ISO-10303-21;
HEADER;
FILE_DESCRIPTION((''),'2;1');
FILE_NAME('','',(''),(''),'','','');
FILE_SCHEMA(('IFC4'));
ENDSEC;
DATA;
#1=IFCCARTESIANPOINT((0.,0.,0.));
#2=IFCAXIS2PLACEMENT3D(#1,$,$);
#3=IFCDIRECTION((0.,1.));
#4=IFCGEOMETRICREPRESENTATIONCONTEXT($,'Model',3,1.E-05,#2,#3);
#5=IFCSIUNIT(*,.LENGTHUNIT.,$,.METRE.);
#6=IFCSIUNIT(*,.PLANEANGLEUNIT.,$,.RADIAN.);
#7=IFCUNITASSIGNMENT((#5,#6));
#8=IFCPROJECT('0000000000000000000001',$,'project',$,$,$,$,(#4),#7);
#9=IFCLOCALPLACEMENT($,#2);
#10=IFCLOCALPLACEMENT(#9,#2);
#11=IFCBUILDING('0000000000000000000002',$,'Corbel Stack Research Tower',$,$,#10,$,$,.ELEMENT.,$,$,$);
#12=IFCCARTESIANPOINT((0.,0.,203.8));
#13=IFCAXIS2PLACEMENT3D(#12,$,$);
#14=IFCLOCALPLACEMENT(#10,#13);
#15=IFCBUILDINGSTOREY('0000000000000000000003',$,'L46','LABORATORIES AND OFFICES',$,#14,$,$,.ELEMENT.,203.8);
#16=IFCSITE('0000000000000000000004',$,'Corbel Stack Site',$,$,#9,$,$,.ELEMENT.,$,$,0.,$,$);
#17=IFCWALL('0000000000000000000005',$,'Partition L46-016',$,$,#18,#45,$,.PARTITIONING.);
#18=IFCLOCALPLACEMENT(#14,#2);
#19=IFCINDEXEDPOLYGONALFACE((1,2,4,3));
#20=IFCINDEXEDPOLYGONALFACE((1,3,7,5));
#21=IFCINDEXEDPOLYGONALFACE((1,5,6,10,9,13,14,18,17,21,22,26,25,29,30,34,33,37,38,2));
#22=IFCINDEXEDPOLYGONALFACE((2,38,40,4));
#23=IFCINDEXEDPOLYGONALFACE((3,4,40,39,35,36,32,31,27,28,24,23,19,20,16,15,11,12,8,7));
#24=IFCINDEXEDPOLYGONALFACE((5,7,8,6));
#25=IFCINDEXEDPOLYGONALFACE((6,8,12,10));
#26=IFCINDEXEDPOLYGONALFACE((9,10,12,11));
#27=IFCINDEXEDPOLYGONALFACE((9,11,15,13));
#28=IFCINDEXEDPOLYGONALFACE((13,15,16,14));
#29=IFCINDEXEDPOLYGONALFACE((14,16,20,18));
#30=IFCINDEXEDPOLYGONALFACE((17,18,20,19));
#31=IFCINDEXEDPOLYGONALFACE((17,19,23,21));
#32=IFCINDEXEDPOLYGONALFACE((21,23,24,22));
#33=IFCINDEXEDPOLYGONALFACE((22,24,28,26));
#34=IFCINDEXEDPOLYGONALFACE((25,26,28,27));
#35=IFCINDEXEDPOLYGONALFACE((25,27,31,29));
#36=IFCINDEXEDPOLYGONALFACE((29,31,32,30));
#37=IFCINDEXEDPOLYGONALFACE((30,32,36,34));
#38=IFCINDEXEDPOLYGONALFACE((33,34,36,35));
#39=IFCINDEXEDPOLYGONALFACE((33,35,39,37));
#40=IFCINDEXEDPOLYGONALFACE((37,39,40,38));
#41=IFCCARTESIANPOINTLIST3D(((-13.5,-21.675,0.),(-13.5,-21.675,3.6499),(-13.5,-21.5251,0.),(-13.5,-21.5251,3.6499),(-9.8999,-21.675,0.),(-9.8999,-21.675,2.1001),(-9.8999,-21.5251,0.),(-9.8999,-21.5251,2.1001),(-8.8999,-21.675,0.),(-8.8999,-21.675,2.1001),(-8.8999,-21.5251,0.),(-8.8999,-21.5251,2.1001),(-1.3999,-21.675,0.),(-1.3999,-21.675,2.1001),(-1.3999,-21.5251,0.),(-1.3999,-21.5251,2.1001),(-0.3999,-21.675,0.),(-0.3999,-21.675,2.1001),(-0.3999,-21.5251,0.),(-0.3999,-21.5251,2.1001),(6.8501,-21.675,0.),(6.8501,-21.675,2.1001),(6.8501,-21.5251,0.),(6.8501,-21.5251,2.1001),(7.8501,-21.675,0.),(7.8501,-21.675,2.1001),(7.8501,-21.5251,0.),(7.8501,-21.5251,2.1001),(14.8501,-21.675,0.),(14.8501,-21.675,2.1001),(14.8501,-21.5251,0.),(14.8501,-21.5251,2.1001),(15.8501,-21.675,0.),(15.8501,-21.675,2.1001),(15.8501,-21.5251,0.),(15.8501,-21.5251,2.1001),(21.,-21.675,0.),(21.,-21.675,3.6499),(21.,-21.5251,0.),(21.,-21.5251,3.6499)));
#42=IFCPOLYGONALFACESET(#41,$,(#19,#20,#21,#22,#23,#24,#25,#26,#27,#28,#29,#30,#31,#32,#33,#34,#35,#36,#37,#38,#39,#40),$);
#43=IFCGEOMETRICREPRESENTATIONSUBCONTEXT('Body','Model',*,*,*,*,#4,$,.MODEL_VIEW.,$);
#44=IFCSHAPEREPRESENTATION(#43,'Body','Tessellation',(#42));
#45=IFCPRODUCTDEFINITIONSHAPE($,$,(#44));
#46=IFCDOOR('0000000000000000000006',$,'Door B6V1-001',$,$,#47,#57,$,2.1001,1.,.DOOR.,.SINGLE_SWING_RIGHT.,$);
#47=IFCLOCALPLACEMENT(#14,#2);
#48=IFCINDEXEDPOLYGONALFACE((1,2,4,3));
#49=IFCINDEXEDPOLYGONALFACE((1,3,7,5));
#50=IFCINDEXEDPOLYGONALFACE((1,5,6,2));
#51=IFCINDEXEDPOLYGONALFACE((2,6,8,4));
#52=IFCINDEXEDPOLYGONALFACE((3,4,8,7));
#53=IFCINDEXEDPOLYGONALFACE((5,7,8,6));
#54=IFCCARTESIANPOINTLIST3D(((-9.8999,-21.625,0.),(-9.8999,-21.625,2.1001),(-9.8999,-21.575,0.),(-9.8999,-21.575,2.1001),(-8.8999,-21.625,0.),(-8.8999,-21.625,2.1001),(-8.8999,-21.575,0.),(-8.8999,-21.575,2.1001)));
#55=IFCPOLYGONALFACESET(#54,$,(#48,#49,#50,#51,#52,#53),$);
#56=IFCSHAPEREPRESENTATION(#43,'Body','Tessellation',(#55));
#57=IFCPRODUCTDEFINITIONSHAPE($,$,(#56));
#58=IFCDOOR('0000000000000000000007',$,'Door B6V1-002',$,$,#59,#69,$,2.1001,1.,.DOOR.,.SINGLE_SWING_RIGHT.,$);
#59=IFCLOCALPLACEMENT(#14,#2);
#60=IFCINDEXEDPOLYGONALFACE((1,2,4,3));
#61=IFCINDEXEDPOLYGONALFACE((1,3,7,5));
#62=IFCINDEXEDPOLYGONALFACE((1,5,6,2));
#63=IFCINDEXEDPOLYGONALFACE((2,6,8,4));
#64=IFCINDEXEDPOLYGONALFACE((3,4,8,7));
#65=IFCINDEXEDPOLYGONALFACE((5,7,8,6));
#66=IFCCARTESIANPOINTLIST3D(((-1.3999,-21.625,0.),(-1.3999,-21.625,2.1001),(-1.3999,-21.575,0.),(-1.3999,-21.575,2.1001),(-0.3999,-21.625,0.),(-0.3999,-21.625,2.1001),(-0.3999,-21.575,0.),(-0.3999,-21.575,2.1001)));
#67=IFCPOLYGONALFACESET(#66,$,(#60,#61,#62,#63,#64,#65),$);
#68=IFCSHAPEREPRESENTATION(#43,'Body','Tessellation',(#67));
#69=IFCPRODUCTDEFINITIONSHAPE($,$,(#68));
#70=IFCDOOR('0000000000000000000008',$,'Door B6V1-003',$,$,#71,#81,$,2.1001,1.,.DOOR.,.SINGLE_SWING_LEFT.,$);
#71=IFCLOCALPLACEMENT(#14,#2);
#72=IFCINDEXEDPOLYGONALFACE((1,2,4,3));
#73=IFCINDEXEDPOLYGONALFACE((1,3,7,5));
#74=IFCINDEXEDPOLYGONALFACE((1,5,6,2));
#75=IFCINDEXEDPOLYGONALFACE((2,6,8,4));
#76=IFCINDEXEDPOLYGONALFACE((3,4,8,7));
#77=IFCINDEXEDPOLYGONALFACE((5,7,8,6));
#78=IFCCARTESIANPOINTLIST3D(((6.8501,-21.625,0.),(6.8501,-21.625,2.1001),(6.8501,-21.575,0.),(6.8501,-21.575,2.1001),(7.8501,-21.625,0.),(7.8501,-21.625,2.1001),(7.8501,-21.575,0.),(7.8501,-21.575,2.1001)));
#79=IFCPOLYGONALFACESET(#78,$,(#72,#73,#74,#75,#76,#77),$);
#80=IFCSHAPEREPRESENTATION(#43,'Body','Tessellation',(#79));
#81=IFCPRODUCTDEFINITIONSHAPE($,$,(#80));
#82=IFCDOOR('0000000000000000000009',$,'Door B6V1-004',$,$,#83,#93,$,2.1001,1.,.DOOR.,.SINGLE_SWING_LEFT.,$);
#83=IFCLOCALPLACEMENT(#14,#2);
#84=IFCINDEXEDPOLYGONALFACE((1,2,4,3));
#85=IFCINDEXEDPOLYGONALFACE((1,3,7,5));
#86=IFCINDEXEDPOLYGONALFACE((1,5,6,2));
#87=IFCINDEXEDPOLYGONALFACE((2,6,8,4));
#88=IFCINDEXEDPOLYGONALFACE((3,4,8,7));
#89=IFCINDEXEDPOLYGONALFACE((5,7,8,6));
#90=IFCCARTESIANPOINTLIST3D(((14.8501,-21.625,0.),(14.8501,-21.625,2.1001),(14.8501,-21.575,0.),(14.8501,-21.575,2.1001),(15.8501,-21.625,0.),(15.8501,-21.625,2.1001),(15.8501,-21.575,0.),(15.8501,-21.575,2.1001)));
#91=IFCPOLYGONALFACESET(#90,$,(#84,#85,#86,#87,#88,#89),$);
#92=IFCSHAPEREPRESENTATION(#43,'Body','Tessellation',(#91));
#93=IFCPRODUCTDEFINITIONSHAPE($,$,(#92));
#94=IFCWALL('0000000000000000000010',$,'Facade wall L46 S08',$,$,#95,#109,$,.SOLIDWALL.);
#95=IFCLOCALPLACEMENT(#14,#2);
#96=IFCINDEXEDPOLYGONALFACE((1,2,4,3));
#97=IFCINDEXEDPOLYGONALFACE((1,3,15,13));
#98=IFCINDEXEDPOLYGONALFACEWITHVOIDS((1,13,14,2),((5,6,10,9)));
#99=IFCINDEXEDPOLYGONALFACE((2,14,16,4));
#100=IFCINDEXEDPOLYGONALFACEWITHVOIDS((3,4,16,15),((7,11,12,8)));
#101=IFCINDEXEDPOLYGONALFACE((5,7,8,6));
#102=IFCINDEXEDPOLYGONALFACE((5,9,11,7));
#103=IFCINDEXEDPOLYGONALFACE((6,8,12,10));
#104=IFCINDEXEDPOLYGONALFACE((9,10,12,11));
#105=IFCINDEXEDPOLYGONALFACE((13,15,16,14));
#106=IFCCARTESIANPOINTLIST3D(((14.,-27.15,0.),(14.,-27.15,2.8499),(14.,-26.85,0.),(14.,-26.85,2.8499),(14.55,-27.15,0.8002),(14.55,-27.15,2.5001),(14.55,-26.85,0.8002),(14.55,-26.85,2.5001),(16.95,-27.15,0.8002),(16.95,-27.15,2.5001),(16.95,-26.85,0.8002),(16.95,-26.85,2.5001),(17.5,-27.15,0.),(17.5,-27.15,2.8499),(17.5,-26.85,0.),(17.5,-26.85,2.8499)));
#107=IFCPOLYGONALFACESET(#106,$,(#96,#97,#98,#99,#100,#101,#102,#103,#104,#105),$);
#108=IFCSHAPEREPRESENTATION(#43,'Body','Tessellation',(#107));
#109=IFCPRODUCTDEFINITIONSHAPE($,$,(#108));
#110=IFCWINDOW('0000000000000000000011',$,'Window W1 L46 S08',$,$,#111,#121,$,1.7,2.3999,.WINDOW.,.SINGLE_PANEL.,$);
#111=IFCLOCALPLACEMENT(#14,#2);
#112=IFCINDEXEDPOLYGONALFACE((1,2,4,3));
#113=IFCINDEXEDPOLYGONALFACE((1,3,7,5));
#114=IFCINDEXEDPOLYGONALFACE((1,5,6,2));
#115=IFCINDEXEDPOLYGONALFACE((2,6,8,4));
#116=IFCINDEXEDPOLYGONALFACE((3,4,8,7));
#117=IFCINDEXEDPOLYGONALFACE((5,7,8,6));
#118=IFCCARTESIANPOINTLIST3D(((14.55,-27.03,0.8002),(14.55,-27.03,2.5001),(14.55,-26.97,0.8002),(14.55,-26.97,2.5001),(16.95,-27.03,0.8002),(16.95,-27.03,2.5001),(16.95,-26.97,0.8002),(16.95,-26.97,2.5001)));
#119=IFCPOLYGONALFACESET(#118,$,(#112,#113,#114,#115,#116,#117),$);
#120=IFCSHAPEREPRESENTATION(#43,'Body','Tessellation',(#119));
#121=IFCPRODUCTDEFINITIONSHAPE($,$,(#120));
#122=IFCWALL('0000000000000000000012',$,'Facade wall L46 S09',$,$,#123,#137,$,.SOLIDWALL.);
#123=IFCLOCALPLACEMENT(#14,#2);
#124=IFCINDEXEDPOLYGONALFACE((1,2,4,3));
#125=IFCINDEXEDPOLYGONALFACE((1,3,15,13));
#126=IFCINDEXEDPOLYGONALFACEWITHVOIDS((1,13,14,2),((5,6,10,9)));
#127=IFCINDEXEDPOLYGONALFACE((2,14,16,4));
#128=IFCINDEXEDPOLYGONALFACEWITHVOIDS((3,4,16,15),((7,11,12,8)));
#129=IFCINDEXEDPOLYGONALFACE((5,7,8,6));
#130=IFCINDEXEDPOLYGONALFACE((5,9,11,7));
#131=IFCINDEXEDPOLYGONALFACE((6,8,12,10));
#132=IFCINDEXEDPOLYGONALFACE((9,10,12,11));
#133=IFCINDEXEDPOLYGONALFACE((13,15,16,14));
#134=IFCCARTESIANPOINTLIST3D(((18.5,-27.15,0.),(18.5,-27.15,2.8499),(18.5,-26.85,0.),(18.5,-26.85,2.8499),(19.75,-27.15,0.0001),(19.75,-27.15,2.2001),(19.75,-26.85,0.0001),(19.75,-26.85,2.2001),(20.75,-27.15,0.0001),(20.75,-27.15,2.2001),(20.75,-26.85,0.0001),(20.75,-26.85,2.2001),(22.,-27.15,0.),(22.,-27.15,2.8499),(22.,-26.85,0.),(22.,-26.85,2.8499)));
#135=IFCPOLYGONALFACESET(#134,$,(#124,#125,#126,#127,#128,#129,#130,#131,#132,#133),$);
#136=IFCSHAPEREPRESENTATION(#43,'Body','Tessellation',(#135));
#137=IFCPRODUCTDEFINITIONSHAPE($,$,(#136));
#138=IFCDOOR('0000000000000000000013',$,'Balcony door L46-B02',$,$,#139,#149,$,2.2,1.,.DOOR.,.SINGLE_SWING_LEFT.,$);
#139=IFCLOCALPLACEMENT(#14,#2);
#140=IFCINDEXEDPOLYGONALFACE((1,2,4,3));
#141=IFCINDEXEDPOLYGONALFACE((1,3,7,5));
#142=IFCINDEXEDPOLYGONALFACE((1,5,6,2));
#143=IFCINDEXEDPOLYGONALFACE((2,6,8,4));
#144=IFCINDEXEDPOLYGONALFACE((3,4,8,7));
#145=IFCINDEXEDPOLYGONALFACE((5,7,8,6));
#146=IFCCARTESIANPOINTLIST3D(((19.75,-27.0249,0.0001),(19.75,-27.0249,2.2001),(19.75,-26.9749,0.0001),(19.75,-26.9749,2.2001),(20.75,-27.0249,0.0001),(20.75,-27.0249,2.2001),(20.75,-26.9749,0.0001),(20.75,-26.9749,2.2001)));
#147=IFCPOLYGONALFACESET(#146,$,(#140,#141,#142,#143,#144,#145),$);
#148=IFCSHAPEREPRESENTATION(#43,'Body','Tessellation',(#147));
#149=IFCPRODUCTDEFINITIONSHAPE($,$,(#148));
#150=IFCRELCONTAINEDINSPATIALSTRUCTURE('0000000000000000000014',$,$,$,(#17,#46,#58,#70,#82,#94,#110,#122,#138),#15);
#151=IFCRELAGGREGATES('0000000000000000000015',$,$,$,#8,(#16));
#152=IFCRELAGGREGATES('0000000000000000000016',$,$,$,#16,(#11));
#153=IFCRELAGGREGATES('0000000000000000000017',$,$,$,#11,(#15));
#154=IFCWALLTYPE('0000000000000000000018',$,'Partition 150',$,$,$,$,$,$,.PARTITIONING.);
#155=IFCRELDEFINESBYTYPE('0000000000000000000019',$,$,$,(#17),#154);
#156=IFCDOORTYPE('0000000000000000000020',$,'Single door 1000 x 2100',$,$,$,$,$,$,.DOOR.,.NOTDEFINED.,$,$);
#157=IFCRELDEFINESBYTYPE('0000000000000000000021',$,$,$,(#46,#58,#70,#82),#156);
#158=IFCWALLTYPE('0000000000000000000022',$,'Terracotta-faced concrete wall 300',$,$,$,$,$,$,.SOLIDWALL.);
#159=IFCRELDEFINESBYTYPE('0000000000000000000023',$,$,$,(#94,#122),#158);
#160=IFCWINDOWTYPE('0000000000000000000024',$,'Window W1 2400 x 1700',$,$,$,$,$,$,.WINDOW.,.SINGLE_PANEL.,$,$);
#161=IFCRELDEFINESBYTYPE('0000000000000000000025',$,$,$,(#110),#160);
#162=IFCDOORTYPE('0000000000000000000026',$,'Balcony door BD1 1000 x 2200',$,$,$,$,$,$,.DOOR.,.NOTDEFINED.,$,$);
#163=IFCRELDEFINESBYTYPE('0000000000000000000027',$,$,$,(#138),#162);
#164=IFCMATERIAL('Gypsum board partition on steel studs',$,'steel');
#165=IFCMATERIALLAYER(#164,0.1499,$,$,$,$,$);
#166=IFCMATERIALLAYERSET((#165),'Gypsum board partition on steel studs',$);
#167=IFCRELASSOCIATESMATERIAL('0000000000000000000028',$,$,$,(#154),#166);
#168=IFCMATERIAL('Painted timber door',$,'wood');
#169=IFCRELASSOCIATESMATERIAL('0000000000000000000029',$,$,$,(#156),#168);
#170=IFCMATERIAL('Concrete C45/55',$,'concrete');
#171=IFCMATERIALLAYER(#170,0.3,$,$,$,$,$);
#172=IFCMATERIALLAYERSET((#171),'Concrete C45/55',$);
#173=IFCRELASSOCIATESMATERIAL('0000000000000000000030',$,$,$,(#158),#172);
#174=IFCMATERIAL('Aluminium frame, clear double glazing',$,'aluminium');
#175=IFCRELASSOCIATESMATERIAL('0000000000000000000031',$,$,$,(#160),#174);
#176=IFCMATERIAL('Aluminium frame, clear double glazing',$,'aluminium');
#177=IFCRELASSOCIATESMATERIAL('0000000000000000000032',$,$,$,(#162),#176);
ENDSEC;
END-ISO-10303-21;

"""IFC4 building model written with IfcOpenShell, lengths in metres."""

from ifc_helpers import new_model, si_unit, direction, frame, frame_2d, origin, place, context, subcontext, project, spatial, rectangle, extrude, material, layer, layer_set, type_object, element, fill, save


model = new_model("IFC4")

# Units and contexts
model_context = context("Model", 3, precision=1e-05, world=origin(), true_north=direction((0.0, 1.0)))
body_context = subcontext(model_context, "Body", "Model", "MODEL_VIEW")
ifc_project = project(units=[si_unit("LENGTHUNIT", "METRE"), si_unit("PLANEANGLEUNIT", "RADIAN")], contexts=[model_context])

# Site, building, storey
site_placement = place(None, origin())
site = spatial("IfcSite", under=ifc_project, at=site_placement, Name="Corbel Stack Site", CompositionType="ELEMENT", RefElevation=0.0)
building_placement = place(site_placement, origin())
building = spatial("IfcBuilding", under=site, at=building_placement, Name="Corbel Stack Research Tower", CompositionType="ELEMENT")
storey_placement = place(building_placement, frame((0.0, 0.0, 203.8)))
storey = spatial("IfcBuildingStorey", under=building, at=storey_placement, Name="L46", Description="LABORATORIES AND OFFICES", CompositionType="ELEMENT", Elevation=203.8)

# Wall, openings, doors
ifc_material_1 = material(Name="Gypsum board partition on steel studs", Category="steel")
ifc_layer_1 = layer(ifc_material_1, 0.1499)
ifc_layer_set_1 = layer_set([ifc_layer_1], Name="Gypsum board partition on steel studs")
wall_type_1 = type_object("IfcWallType", Name="Partition 150", PredefinedType="PARTITIONING", material=ifc_layer_set_1)
wall_1_placement = place(storey_placement, frame((21.0, -21.6001, 0.0), z_axis=(0.0, 0.0, 1.0), x_axis=(-1.0, 0.0, 0.0)))
wall_1 = element("IfcWall", 1, at=wall_1_placement, inside=storey, type_object=wall_type_1, Name="Partition L46-016", PredefinedType="PARTITIONING", context=body_context, shape_type="SweptSolid", body=[
    extrude(rectangle(XDim=34.5, YDim=0.1499, at=frame_2d((17.25, 0.0))), origin(), (0.0, 0.0, 1.0), 3.6499),
])
opening_1_placement = place(wall_1_placement, frame((29.8999, 0.0, 0.0)))
opening_1 = element("IfcOpeningElement", 2, at=opening_1_placement, cuts=wall_1, PredefinedType="OPENING", context=body_context, shape_type="SweptSolid", body=[
    extrude(rectangle(XDim=1.0, YDim=2.1001, at=frame_2d((0.5, 1.05))), frame((0.0, 0.085, 0.0), z_axis=(0.0, -1.0, 0.0), x_axis=(1.0, 0.0, 0.0)), (0.0, 0.0, 1.0), 0.1699),
])
opening_2_placement = place(wall_1_placement, frame((21.3999, 0.0, 0.0)))
opening_2 = element("IfcOpeningElement", 3, at=opening_2_placement, cuts=wall_1, PredefinedType="OPENING", context=body_context, shape_type="SweptSolid", body=[
    extrude(rectangle(XDim=1.0, YDim=2.1001, at=frame_2d((0.5, 1.05))), frame((0.0, 0.085, 0.0), z_axis=(0.0, -1.0, 0.0), x_axis=(1.0, 0.0, 0.0)), (0.0, 0.0, 1.0), 0.1699),
])
opening_3_placement = place(wall_1_placement, frame((13.1499, 0.0, 0.0)))
opening_3 = element("IfcOpeningElement", 4, at=opening_3_placement, cuts=wall_1, PredefinedType="OPENING", context=body_context, shape_type="SweptSolid", body=[
    extrude(rectangle(XDim=1.0, YDim=2.1001, at=frame_2d((0.5, 1.05))), frame((0.0, 0.085, 0.0), z_axis=(0.0, -1.0, 0.0), x_axis=(1.0, 0.0, 0.0)), (0.0, 0.0, 1.0), 0.1699),
])
opening_4_placement = place(wall_1_placement, frame((5.1499, 0.0, 0.0)))
opening_4 = element("IfcOpeningElement", 5, at=opening_4_placement, cuts=wall_1, PredefinedType="OPENING", context=body_context, shape_type="SweptSolid", body=[
    extrude(rectangle(XDim=1.0, YDim=2.1001, at=frame_2d((0.5, 1.05))), frame((0.0, 0.085, 0.0), z_axis=(0.0, -1.0, 0.0), x_axis=(1.0, 0.0, 0.0)), (0.0, 0.0, 1.0), 0.1699),
])
ifc_material_2 = material(Name="Painted timber door", Category="wood")
door_type_1 = type_object("IfcDoorType", Name="Single door 1000 x 2100", OperationType="NOTDEFINED", PredefinedType="DOOR", material=ifc_material_2)
door_1_placement = place(opening_1_placement, origin())
door_1 = element("IfcDoor", 6, at=door_1_placement, inside=storey, type_object=door_type_1, Name="Door B6V1-001", OperationType="SINGLE_SWING_RIGHT", OverallHeight=2.1001, OverallWidth=1.0, PredefinedType="DOOR", context=body_context, shape_type="SweptSolid", body=[
    extrude(rectangle(XDim=1.0, YDim=2.1001, at=frame_2d((0.5, 1.05))), frame((0.0, 0.0249, 0.0), z_axis=(0.0, -1.0, 0.0), x_axis=(1.0, 0.0, 0.0)), (0.0, 0.0, 1.0), 0.05),
])
fill(opening_1, door_1)
door_2_placement = place(opening_2_placement, origin())
door_2 = element("IfcDoor", 7, at=door_2_placement, inside=storey, type_object=door_type_1, Name="Door B6V1-002", OperationType="SINGLE_SWING_RIGHT", OverallHeight=2.1001, OverallWidth=1.0, PredefinedType="DOOR", context=body_context, shape_type="SweptSolid", body=[
    extrude(rectangle(XDim=1.0, YDim=2.1001, at=frame_2d((0.5, 1.05))), frame((0.0, 0.0249, 0.0), z_axis=(0.0, -1.0, 0.0), x_axis=(1.0, 0.0, 0.0)), (0.0, 0.0, 1.0), 0.05),
])
fill(opening_2, door_2)
door_3_placement = place(opening_3_placement, origin())
door_3 = element("IfcDoor", 8, at=door_3_placement, inside=storey, type_object=door_type_1, Name="Door B6V1-003", OperationType="SINGLE_SWING_LEFT", OverallHeight=2.1001, OverallWidth=1.0, PredefinedType="DOOR", context=body_context, shape_type="SweptSolid", body=[
    extrude(rectangle(XDim=1.0, YDim=2.1001, at=frame_2d((0.5, 1.05))), frame((0.0, 0.0249, 0.0), z_axis=(0.0, -1.0, 0.0), x_axis=(1.0, 0.0, 0.0)), (0.0, 0.0, 1.0), 0.05),
])
fill(opening_3, door_3)
door_4_placement = place(opening_4_placement, origin())
door_4 = element("IfcDoor", 9, at=door_4_placement, inside=storey, type_object=door_type_1, Name="Door B6V1-004", OperationType="SINGLE_SWING_LEFT", OverallHeight=2.1001, OverallWidth=1.0, PredefinedType="DOOR", context=body_context, shape_type="SweptSolid", body=[
    extrude(rectangle(XDim=1.0, YDim=2.1001, at=frame_2d((0.5, 1.05))), frame((0.0, 0.0249, 0.0), z_axis=(0.0, -1.0, 0.0), x_axis=(1.0, 0.0, 0.0)), (0.0, 0.0, 1.0), 0.05),
])
fill(opening_4, door_4)

# Wall, opening, window
ifc_material_3 = material(Name="Concrete C45/55", Category="concrete")
ifc_layer_2 = layer(ifc_material_3, 0.3)
ifc_layer_set_2 = layer_set([ifc_layer_2], Name="Concrete C45/55")
wall_type_2 = type_object("IfcWallType", Name="Terracotta-faced concrete wall 300", PredefinedType="SOLIDWALL", material=ifc_layer_set_2)
wall_2_placement = place(storey_placement, frame((17.5, -27.0, 0.0), z_axis=(0.0, 0.0, 1.0), x_axis=(-1.0, 0.0, 0.0)))
wall_2 = element("IfcWall", 10, at=wall_2_placement, inside=storey, type_object=wall_type_2, Name="Facade wall L46 S08", PredefinedType="SOLIDWALL", context=body_context, shape_type="SweptSolid", body=[
    extrude(rectangle(XDim=3.5, YDim=0.3, at=frame_2d((1.75, 0.0))), origin(), (0.0, 0.0, 1.0), 2.8499),
])
opening_5_placement = place(wall_2_placement, frame((0.55, 0.0, 0.8)))
opening_5 = element("IfcOpeningElement", 11, at=opening_5_placement, cuts=wall_2, PredefinedType="OPENING", context=body_context, shape_type="SweptSolid", body=[
    extrude(rectangle(XDim=2.3999, YDim=1.7, at=frame_2d((1.2, 0.8501))), frame((0.0, 0.1599, 0.0), z_axis=(0.0, -1.0, 0.0), x_axis=(1.0, 0.0, 0.0)), (0.0, 0.0, 1.0), 0.3201),
])
ifc_material_4 = material(Name="Aluminium frame, clear double glazing", Category="aluminium")
window_type = type_object("IfcWindowType", Name="Window W1 2400 x 1700", PartitioningType="SINGLE_PANEL", PredefinedType="WINDOW", material=ifc_material_4)
window_1_placement = place(opening_5_placement, origin())
window_1 = element("IfcWindow", 12, at=window_1_placement, inside=storey, type_object=window_type, Name="Window W1 L46 S08", OverallHeight=1.7, OverallWidth=2.3999, PartitioningType="SINGLE_PANEL", PredefinedType="WINDOW", context=body_context, shape_type="SweptSolid", body=[
    extrude(rectangle(XDim=2.3999, YDim=1.7, at=frame_2d((1.2, 0.8501))), frame((0.0, 0.03, 0.0), z_axis=(0.0, -1.0, 0.0), x_axis=(1.0, 0.0, 0.0)), (0.0, 0.0, 1.0), 0.0601),
])
fill(opening_5, window_1)

# Wall, opening, door
wall_3_placement = place(storey_placement, frame((22.0, -27.0, 0.0), z_axis=(0.0, 0.0, 1.0), x_axis=(-1.0, 0.0, 0.0)))
wall_3 = element("IfcWall", 13, at=wall_3_placement, inside=storey, type_object=wall_type_2, Name="Facade wall L46 S09", PredefinedType="SOLIDWALL", context=body_context, shape_type="SweptSolid", body=[
    extrude(rectangle(XDim=3.5, YDim=0.3, at=frame_2d((1.75, 0.0))), origin(), (0.0, 0.0, 1.0), 2.8499),
])
opening_6_placement = place(wall_3_placement, frame((1.25, 0.0, 0.0)))
opening_6 = element("IfcOpeningElement", 14, at=opening_6_placement, cuts=wall_3, PredefinedType="OPENING", context=body_context, shape_type="SweptSolid", body=[
    extrude(rectangle(XDim=1.0, YDim=2.2, at=frame_2d((0.5, 1.1001))), frame((0.0, 0.1599, 0.0), z_axis=(0.0, -1.0, 0.0), x_axis=(1.0, 0.0, 0.0)), (0.0, 0.0, 1.0), 0.3201),
])
ifc_material_5 = material(Name="Aluminium frame, clear double glazing", Category="aluminium")
door_type_2 = type_object("IfcDoorType", Name="Balcony door BD1 1000 x 2200", OperationType="NOTDEFINED", PredefinedType="DOOR", material=ifc_material_5)
door_5_placement = place(opening_6_placement, origin())
door_5 = element("IfcDoor", 15, at=door_5_placement, inside=storey, type_object=door_type_2, Name="Balcony door L46-B02", OperationType="SINGLE_SWING_LEFT", OverallHeight=2.2, OverallWidth=1.0, PredefinedType="DOOR", context=body_context, shape_type="SweptSolid", body=[
    extrude(rectangle(XDim=1.0, YDim=2.2, at=frame_2d((0.5, 1.1001))), frame((0.0, 0.0249, 0.0), z_axis=(0.0, -1.0, 0.0), x_axis=(1.0, 0.0, 0.0)), (0.0, 0.0, 1.0), 0.05),
])
fill(opening_6, door_5)

save(model, "model.ifc")
